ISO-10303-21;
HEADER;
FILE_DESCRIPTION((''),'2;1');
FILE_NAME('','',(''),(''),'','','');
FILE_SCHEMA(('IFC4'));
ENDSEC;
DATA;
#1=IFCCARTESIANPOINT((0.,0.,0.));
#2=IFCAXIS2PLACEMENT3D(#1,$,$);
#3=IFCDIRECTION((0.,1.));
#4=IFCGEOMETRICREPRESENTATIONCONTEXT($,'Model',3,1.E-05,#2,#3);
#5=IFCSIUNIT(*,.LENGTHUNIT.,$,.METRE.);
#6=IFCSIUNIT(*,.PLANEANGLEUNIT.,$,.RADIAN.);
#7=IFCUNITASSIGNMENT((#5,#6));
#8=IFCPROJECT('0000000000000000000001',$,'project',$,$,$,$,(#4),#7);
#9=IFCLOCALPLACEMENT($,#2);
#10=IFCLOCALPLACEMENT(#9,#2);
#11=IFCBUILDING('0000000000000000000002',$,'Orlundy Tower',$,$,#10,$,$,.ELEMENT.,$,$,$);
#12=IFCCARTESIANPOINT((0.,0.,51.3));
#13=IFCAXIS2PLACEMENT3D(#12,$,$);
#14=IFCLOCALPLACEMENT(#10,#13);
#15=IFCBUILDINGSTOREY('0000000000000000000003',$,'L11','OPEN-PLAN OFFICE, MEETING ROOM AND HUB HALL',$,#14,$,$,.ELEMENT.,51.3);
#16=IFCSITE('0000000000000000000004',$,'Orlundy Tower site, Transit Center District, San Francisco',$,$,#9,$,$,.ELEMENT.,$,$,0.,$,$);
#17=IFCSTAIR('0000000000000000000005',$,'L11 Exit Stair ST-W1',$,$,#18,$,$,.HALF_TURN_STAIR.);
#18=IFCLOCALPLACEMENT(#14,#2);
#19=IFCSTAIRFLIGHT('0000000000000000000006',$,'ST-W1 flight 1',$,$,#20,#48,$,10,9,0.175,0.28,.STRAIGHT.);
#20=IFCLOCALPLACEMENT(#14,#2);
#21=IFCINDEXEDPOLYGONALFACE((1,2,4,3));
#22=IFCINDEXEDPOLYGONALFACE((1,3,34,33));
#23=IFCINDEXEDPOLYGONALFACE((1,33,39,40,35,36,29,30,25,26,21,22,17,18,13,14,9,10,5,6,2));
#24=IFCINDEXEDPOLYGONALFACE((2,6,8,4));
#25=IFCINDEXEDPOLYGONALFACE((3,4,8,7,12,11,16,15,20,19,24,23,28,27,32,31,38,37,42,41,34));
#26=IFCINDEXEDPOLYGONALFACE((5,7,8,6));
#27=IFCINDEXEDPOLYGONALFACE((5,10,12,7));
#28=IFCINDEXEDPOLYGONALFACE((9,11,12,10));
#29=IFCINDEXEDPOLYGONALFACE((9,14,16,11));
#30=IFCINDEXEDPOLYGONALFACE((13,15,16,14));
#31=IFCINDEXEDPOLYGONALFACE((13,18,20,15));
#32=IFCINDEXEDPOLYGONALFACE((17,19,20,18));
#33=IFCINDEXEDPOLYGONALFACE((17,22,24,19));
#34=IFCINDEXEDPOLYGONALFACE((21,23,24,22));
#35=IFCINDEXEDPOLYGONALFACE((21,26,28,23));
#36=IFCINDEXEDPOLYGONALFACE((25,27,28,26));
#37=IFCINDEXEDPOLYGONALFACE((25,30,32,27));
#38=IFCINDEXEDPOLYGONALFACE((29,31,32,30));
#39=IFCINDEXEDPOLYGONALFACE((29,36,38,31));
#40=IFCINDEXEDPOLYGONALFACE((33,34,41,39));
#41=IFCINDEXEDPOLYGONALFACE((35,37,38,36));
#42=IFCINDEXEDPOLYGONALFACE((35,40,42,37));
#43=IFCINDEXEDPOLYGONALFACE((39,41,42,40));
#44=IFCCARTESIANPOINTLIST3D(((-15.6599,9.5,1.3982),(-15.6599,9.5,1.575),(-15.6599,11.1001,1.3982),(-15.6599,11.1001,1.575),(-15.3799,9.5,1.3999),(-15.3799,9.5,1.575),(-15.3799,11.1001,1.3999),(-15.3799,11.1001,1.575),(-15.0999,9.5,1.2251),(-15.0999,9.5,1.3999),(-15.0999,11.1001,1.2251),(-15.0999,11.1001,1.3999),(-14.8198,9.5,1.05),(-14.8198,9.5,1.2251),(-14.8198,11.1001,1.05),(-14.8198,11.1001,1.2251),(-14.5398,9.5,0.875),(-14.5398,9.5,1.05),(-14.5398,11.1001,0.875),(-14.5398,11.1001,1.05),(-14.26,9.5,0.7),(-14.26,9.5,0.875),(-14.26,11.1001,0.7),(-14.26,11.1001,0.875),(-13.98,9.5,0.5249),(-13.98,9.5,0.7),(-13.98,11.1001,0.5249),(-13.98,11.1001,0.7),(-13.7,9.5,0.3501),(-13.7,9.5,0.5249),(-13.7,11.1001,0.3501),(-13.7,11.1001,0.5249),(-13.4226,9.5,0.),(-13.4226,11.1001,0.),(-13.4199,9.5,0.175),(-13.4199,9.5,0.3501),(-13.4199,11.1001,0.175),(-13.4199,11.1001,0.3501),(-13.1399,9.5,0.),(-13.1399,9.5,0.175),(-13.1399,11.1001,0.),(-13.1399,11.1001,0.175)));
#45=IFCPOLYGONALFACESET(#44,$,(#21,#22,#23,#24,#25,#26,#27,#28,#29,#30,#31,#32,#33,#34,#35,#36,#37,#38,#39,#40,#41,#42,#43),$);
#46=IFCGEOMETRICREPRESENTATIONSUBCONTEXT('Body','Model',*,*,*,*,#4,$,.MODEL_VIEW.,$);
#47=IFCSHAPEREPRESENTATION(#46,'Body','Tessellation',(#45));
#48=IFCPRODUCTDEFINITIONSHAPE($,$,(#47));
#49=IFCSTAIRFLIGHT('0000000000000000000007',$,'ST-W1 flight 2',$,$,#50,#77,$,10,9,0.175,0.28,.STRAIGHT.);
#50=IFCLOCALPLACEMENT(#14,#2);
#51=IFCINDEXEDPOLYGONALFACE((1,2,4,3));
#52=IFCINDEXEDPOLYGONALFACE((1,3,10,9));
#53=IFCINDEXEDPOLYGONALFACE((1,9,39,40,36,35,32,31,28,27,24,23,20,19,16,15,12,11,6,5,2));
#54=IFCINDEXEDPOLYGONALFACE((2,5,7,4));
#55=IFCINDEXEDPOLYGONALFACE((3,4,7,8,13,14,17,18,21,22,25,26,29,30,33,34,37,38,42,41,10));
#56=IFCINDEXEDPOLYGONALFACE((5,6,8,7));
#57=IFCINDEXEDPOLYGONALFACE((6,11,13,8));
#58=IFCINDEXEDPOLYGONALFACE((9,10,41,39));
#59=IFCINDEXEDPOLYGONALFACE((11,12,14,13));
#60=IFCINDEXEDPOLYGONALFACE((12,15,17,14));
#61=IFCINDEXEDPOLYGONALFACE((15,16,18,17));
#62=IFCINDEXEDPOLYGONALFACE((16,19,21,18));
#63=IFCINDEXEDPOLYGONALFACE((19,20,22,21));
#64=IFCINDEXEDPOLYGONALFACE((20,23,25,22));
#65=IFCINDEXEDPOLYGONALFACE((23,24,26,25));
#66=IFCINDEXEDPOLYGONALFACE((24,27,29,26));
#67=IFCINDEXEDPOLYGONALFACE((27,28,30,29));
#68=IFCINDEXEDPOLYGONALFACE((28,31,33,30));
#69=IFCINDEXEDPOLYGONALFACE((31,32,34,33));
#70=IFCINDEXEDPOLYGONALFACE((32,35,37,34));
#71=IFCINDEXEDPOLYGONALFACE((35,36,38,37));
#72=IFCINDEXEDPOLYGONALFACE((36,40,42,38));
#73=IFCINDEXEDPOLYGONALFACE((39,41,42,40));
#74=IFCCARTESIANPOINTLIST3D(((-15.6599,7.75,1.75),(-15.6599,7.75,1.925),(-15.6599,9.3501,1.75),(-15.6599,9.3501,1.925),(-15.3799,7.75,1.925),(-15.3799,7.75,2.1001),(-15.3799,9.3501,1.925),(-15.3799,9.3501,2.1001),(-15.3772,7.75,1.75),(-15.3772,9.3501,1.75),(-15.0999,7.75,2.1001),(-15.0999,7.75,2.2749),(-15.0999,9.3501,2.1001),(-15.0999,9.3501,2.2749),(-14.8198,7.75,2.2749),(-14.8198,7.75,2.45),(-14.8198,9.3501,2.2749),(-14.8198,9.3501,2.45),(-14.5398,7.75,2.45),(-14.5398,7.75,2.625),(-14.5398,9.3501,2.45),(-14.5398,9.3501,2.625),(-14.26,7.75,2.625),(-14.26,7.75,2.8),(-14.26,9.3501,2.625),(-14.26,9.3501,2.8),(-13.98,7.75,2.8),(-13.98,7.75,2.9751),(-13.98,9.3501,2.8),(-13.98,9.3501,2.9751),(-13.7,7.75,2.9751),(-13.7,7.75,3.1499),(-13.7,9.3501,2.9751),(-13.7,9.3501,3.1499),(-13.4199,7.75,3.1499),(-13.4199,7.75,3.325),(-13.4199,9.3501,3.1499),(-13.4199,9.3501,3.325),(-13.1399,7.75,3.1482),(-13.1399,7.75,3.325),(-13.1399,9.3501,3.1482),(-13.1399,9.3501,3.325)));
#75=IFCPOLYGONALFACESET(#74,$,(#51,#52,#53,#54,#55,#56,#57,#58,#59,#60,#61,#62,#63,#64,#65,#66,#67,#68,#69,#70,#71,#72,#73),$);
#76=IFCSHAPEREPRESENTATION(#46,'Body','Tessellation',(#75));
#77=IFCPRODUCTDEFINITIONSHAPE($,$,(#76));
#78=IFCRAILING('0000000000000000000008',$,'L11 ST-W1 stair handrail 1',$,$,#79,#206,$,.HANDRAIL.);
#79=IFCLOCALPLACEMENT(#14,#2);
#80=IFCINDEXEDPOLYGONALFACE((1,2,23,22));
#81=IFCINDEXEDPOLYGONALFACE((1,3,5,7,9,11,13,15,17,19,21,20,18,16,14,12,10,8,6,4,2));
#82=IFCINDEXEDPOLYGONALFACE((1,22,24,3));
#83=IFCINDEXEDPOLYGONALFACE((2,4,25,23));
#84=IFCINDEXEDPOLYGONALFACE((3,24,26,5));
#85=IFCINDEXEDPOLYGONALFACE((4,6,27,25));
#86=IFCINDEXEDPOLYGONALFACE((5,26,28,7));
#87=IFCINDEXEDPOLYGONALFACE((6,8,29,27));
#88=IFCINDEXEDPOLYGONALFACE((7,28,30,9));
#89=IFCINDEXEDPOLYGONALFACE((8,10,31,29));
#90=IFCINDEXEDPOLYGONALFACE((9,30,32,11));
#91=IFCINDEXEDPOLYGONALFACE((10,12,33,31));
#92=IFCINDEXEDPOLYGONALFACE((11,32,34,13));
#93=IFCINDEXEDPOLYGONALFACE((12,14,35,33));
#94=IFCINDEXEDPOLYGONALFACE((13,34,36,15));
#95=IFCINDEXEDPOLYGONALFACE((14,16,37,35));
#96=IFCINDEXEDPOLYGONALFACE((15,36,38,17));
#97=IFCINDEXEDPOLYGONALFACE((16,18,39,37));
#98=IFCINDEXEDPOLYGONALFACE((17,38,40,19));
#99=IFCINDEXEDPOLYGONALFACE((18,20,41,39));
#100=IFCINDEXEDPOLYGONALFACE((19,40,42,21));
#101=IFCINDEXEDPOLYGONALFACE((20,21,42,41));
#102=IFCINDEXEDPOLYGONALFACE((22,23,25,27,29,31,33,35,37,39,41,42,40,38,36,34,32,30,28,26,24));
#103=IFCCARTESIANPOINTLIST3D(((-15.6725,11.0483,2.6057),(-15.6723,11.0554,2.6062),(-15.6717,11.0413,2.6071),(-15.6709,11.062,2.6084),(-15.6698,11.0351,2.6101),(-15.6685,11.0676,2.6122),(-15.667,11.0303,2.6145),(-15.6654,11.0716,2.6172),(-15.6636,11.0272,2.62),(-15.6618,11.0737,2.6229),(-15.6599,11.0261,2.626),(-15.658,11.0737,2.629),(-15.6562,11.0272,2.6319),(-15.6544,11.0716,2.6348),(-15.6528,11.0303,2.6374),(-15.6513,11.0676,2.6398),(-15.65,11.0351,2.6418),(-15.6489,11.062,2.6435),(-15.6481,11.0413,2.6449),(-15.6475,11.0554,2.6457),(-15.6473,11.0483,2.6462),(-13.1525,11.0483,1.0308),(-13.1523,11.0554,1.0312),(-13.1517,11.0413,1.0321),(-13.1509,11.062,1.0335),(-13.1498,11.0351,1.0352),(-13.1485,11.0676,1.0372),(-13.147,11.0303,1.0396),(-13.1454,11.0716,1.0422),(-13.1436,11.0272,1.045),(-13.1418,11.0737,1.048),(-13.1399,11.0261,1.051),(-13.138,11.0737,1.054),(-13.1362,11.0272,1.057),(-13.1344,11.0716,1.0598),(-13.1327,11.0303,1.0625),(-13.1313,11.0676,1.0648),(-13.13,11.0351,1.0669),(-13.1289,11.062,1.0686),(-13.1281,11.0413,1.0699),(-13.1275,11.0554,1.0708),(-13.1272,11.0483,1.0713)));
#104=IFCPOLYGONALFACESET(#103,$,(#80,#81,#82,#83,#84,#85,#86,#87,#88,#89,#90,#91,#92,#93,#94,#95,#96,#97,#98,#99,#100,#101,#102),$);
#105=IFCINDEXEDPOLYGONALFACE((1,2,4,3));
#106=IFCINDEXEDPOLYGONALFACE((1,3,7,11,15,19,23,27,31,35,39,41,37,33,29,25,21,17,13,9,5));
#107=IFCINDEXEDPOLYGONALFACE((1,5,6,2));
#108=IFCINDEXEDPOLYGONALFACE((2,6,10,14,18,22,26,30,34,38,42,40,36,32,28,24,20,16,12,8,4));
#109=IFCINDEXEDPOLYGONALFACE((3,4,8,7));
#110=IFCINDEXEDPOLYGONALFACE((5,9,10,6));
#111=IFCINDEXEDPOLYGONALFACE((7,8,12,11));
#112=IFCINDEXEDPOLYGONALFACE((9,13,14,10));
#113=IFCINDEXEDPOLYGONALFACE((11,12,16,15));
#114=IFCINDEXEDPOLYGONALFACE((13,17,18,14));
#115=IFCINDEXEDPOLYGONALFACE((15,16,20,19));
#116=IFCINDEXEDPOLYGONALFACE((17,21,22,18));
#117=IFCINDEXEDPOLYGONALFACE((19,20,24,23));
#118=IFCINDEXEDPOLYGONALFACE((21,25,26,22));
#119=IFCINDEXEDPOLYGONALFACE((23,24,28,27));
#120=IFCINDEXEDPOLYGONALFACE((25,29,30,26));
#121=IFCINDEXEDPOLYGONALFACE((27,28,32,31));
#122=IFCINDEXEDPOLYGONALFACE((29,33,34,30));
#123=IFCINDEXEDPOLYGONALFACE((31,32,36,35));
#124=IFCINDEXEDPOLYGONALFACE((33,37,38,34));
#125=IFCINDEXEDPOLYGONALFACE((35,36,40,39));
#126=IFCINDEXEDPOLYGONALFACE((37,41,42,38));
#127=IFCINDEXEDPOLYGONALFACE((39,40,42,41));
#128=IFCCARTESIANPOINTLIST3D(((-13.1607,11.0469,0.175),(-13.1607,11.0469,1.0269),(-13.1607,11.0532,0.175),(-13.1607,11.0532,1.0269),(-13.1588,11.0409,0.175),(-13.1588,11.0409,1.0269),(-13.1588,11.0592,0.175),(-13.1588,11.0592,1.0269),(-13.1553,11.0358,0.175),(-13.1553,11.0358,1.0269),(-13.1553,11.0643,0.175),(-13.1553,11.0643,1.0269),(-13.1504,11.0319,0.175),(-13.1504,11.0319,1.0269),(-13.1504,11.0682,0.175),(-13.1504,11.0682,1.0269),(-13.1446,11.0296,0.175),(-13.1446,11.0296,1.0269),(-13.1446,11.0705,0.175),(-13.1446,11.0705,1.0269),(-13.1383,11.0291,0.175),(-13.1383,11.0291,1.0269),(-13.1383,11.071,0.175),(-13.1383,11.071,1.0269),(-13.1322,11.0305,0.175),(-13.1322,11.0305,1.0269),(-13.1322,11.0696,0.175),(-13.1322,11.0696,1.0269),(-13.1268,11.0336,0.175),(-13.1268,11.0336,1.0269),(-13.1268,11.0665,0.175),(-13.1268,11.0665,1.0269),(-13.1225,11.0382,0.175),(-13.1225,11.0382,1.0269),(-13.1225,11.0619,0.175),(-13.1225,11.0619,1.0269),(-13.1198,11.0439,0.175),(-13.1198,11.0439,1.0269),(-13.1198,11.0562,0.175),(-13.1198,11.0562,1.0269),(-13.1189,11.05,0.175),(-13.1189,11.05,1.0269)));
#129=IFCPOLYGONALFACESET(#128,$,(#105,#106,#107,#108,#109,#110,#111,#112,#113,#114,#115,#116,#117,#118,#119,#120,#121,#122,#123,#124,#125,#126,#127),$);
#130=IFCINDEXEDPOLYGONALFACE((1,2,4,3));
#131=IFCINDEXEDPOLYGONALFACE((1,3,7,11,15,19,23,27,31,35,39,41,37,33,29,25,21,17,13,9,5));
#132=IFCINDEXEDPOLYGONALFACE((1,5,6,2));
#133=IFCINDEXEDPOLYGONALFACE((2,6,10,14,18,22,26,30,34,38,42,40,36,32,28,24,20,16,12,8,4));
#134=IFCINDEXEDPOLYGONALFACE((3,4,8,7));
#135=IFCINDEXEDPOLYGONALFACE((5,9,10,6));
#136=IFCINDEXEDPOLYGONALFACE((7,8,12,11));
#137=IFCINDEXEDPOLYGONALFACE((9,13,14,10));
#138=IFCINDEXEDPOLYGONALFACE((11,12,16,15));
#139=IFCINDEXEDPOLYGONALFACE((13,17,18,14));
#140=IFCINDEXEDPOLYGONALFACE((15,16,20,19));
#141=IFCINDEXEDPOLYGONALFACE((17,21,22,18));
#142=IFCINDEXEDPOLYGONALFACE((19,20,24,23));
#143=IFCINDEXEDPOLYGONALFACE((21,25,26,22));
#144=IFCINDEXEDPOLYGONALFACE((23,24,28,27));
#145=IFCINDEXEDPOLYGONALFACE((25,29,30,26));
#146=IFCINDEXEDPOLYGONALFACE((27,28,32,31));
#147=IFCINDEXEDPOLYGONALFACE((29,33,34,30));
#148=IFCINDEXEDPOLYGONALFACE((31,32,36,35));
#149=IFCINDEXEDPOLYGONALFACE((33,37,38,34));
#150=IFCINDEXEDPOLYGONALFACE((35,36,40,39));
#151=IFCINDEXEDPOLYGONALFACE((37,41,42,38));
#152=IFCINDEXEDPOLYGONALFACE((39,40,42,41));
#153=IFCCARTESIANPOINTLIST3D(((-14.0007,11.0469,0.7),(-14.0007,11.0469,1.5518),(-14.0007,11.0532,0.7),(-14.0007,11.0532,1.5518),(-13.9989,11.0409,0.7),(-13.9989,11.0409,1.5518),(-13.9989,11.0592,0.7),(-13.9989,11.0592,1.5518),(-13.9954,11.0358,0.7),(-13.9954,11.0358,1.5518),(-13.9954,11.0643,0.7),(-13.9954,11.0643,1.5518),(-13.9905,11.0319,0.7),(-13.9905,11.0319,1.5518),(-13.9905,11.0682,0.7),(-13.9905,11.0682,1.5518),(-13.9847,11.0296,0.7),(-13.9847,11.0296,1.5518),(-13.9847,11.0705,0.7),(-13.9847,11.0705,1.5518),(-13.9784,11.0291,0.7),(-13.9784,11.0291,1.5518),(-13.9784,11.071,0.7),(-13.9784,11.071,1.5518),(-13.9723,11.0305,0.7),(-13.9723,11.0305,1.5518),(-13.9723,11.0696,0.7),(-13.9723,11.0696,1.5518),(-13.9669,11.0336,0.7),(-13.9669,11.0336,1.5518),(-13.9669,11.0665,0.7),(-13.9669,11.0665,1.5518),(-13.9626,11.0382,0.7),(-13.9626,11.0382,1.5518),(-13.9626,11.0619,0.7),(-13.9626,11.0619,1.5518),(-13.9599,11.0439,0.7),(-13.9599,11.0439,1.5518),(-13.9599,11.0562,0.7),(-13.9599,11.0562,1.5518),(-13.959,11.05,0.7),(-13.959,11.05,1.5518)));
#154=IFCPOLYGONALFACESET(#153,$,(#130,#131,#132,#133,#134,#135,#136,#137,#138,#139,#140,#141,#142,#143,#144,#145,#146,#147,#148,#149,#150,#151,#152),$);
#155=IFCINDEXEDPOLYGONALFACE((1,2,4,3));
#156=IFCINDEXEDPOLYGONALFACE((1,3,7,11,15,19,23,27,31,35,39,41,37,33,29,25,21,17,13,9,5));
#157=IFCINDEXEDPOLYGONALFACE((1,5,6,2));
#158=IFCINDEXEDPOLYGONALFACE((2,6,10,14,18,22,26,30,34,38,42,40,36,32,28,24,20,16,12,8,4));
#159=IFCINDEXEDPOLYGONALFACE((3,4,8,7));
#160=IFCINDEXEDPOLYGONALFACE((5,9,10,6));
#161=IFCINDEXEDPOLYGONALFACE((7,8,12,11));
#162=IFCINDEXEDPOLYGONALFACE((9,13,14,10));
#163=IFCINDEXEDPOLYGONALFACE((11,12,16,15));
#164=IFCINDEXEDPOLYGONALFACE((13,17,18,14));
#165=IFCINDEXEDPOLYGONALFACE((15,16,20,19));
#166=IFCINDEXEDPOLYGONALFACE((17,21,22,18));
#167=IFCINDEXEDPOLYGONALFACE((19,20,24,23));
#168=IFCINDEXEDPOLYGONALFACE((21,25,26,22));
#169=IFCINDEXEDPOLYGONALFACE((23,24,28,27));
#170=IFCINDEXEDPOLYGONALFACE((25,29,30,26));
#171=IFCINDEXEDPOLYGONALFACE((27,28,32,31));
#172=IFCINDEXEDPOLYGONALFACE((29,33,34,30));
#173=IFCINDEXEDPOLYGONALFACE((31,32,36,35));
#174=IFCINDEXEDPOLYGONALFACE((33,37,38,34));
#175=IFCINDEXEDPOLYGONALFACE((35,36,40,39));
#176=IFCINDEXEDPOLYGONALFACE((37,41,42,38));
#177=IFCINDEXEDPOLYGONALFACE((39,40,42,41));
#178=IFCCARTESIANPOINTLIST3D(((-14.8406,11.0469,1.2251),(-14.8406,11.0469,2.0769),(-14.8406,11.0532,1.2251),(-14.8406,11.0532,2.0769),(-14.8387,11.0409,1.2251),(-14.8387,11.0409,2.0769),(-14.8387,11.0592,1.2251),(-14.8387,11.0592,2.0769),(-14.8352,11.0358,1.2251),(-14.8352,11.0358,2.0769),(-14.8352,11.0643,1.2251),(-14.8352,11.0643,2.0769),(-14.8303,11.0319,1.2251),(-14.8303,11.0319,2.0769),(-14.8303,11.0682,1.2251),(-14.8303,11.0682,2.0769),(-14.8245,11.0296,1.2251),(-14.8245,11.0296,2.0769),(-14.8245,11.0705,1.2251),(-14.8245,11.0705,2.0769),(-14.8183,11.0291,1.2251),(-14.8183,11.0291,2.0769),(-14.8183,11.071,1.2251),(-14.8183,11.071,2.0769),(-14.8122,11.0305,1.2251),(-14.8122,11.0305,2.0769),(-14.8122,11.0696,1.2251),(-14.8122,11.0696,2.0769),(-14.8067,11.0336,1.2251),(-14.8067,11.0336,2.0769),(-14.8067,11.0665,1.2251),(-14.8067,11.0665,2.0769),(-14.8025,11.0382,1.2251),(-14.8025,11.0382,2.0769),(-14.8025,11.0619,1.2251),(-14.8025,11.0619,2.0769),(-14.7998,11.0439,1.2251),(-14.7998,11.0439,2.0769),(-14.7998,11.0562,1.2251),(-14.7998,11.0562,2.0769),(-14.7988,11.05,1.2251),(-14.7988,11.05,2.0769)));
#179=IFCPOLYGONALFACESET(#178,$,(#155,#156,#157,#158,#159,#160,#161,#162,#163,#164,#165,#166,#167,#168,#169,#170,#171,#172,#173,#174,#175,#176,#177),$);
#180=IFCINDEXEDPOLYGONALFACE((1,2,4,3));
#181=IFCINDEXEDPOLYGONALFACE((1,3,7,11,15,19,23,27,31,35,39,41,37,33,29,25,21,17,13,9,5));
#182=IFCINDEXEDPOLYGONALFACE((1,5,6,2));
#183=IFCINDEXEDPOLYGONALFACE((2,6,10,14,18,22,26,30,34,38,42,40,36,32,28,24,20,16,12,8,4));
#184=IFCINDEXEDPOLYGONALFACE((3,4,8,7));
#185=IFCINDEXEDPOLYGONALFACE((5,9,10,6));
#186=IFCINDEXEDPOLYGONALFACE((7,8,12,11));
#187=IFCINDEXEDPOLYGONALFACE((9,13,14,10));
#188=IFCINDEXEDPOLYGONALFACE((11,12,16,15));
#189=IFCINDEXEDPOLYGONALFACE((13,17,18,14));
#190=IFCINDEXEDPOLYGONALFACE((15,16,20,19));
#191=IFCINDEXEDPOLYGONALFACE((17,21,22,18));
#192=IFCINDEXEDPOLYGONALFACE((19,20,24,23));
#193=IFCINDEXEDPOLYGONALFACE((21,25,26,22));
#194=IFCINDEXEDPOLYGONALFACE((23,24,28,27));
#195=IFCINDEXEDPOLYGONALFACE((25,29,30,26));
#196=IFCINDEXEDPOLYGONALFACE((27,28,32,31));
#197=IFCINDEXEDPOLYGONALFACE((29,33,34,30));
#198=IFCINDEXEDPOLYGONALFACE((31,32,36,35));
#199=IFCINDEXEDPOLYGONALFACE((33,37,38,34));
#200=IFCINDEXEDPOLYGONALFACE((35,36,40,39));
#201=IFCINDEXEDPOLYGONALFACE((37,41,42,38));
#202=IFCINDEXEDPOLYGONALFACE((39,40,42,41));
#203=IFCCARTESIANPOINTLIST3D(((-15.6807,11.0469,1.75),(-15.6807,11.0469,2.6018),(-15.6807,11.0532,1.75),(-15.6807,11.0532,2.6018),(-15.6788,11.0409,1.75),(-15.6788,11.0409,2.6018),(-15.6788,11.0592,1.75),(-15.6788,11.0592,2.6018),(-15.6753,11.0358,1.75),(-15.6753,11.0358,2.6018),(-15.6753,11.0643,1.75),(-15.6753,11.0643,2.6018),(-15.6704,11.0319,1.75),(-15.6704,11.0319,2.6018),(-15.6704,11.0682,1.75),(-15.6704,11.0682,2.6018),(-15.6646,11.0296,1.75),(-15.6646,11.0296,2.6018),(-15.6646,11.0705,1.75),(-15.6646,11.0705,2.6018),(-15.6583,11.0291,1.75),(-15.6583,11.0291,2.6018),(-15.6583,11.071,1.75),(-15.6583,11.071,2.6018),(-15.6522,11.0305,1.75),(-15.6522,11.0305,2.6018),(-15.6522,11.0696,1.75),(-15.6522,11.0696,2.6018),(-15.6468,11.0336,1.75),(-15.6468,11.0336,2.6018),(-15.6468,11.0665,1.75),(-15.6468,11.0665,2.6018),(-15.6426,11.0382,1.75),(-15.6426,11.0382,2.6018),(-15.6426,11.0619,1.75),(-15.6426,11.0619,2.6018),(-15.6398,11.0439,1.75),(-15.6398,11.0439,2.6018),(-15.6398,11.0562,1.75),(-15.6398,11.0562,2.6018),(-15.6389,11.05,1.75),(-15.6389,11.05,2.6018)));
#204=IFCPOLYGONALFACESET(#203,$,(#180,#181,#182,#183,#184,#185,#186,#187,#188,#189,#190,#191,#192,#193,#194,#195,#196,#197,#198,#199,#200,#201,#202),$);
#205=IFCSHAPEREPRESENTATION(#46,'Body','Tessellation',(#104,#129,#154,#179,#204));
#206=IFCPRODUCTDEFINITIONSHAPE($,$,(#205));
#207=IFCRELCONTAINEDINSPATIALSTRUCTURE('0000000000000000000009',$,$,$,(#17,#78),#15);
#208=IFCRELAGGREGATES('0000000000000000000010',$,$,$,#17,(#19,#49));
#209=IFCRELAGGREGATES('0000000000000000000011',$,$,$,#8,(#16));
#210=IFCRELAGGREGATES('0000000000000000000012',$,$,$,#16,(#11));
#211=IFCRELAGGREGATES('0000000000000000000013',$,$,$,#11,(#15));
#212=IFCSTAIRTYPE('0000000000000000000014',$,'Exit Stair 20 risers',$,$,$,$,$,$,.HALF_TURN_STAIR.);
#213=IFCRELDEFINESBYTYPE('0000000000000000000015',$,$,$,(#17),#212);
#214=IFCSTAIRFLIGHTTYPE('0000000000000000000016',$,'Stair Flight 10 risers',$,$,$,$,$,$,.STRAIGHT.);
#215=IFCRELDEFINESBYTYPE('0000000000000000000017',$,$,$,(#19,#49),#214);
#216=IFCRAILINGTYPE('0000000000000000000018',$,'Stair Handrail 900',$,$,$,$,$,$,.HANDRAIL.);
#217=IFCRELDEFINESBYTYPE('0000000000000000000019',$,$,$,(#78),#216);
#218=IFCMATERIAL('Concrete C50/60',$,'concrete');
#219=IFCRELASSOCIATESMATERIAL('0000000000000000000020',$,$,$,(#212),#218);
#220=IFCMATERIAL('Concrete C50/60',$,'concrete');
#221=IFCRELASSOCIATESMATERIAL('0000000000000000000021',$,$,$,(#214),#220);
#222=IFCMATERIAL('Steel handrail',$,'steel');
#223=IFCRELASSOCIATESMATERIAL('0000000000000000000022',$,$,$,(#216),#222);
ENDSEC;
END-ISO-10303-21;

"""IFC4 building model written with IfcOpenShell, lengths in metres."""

from ifc_helpers import new_model, si_unit, direction, frame, origin, origin_2d, place, context, subcontext, project, spatial, polyline, circle, outline, extrude, material, type_object, element, aggregate, save


model = new_model("IFC4")

# Units and contexts
model_context = context("Model", 3, precision=1e-05, world=origin(), true_north=direction((0.0, 1.0)))
body_context = subcontext(model_context, "Body", "Model", "MODEL_VIEW")
ifc_project = project(units=[si_unit("LENGTHUNIT", "METRE"), si_unit("PLANEANGLEUNIT", "RADIAN")], contexts=[model_context])

# Site, building, storey
site_placement = place(None, origin())
site = spatial("IfcSite", under=ifc_project, at=site_placement, Name="Orlundy Tower site, Transit Center District, San Francisco", CompositionType="ELEMENT", RefElevation=0.0)
building_placement = place(site_placement, origin())
building = spatial("IfcBuilding", under=site, at=building_placement, Name="Orlundy Tower", CompositionType="ELEMENT")
storey_placement = place(building_placement, frame((0.0, 0.0, 51.3)))
storey = spatial("IfcBuildingStorey", under=building, at=storey_placement, Name="L11", Description="OPEN-PLAN OFFICE, MEETING ROOM AND HUB HALL", CompositionType="ELEMENT", Elevation=51.3)

# Stair, stair flights
ifc_material_1 = material(Name="Concrete C50/60", Category="concrete")
stair_type = type_object("IfcStairType", Name="Exit Stair 20 risers", PredefinedType="HALF_TURN_STAIR", material=ifc_material_1)
stair_placement = place(storey_placement, origin())
stair = element("IfcStair", 1, at=stair_placement, inside=storey, type_object=stair_type, Name="L11 Exit Stair ST-W1", PredefinedType="HALF_TURN_STAIR")
ifc_material_2 = material(Name="Concrete C50/60", Category="concrete")
stair_flight_type = type_object("IfcStairFlightType", Name="Stair Flight 10 risers", PredefinedType="STRAIGHT", material=ifc_material_2)
stair_flight_1_placement = place(storey_placement, frame((-13.1399, 10.3, 0.0), z_axis=(0.0, 0.0, 1.0), x_axis=(-1.0, 0.0, 0.0)))
stair_flight_1 = element("IfcStairFlight", 2, at=stair_flight_1_placement, type_object=stair_flight_type, Name="ST-W1 flight 1", NumberOfRisers=10, NumberOfTreads=9, PredefinedType="STRAIGHT", RiserHeight=0.175, TreadLength=0.28, context=body_context, shape_type="SweptSolid", body=[
    extrude(outline(polyline([(0.0, 0.0), (0.0, 0.175), (0.28, 0.175), (0.28, 0.3501), (0.5601, 0.3501), (0.5601, 0.5249), (0.8401, 0.5249), (0.8401, 0.7), (1.1201, 0.7), (1.1201, 0.875), (1.3999, 0.875), (1.3999, 1.05), (1.6799, 1.05), (1.6799, 1.2251), (1.96, 1.2251), (1.96, 1.3999), (2.24, 1.3999), (2.24, 1.575), (2.52, 1.575), (2.52, 1.75), (2.52, 1.3982), (0.2827, 0.0), (0.0, 0.0)])), frame((0.0, 0.8, 0.0), z_axis=(0.0, -1.0, 0.0), x_axis=(1.0, 0.0, 0.0)), (0.0, 0.0, 1.0), 1.6001),
])
stair_flight_2_placement = place(storey_placement, frame((-15.6599, 8.55, 1.75), z_axis=(0.0, 0.0, 1.0), x_axis=(1.0, 0.0, 0.0)))
stair_flight_2 = element("IfcStairFlight", 3, at=stair_flight_2_placement, type_object=stair_flight_type, Name="ST-W1 flight 2", NumberOfRisers=10, NumberOfTreads=9, PredefinedType="STRAIGHT", RiserHeight=0.175, TreadLength=0.28, context=body_context, shape_type="SweptSolid", body=[
    extrude(outline(polyline([(0.0, 0.0), (0.0, 0.175), (0.28, 0.175), (0.28, 0.3501), (0.5601, 0.3501), (0.5601, 0.5249), (0.8401, 0.5249), (0.8401, 0.7), (1.1201, 0.7), (1.1201, 0.875), (1.3999, 0.875), (1.3999, 1.05), (1.6799, 1.05), (1.6799, 1.2251), (1.96, 1.2251), (1.96, 1.3999), (2.24, 1.3999), (2.24, 1.575), (2.52, 1.575), (2.52, 1.75), (2.52, 1.3982), (0.2827, 0.0), (0.0, 0.0)])), frame((0.0, 0.8, 0.0), z_axis=(0.0, -1.0, 0.0), x_axis=(1.0, 0.0, 0.0)), (0.0, 0.0, 1.0), 1.6001),
])
aggregate(stair, [stair_flight_1, stair_flight_2])

# Railing
ifc_material_3 = material(Name="Steel handrail", Category="steel")
railing_type_1 = type_object("IfcRailingType", Name="Stair Handrail 900", PredefinedType="HANDRAIL", material=ifc_material_3)
railing_1_placement = place(storey_placement, frame((-13.1399, 11.05, 0.175)))
element("IfcRailing", 4, at=railing_1_placement, inside=storey, type_object=railing_type_1, Name="L11 ST-W1 stair handrail 1", PredefinedType="HANDRAIL", context=body_context, shape_type="SweptSolid", body=[
    extrude(circle(Radius=0.0239, at=origin_2d()), frame((0.0, 0.0, 0.876), z_axis=(-0.848008, 0.0, 0.529984), x_axis=(0.0, -1.0, 0.0)), (0.0, 0.0, 1.0), 2.9717),
    extrude(circle(Radius=0.021, at=origin_2d()), origin(), (0.0, 0.0, 1.0), 0.8518),
    extrude(circle(Radius=0.021, at=origin_2d()), frame((-0.8401, 0.0, 0.5249)), (0.0, 0.0, 1.0), 0.8518),
    extrude(circle(Radius=0.021, at=origin_2d()), frame((-1.6799, 0.0, 1.05)), (0.0, 0.0, 1.0), 0.8518),
    extrude(circle(Radius=0.021, at=origin_2d()), frame((-2.52, 0.0, 1.575)), (0.0, 0.0, 1.0), 0.8518),
])

save(model, "model.ifc")
